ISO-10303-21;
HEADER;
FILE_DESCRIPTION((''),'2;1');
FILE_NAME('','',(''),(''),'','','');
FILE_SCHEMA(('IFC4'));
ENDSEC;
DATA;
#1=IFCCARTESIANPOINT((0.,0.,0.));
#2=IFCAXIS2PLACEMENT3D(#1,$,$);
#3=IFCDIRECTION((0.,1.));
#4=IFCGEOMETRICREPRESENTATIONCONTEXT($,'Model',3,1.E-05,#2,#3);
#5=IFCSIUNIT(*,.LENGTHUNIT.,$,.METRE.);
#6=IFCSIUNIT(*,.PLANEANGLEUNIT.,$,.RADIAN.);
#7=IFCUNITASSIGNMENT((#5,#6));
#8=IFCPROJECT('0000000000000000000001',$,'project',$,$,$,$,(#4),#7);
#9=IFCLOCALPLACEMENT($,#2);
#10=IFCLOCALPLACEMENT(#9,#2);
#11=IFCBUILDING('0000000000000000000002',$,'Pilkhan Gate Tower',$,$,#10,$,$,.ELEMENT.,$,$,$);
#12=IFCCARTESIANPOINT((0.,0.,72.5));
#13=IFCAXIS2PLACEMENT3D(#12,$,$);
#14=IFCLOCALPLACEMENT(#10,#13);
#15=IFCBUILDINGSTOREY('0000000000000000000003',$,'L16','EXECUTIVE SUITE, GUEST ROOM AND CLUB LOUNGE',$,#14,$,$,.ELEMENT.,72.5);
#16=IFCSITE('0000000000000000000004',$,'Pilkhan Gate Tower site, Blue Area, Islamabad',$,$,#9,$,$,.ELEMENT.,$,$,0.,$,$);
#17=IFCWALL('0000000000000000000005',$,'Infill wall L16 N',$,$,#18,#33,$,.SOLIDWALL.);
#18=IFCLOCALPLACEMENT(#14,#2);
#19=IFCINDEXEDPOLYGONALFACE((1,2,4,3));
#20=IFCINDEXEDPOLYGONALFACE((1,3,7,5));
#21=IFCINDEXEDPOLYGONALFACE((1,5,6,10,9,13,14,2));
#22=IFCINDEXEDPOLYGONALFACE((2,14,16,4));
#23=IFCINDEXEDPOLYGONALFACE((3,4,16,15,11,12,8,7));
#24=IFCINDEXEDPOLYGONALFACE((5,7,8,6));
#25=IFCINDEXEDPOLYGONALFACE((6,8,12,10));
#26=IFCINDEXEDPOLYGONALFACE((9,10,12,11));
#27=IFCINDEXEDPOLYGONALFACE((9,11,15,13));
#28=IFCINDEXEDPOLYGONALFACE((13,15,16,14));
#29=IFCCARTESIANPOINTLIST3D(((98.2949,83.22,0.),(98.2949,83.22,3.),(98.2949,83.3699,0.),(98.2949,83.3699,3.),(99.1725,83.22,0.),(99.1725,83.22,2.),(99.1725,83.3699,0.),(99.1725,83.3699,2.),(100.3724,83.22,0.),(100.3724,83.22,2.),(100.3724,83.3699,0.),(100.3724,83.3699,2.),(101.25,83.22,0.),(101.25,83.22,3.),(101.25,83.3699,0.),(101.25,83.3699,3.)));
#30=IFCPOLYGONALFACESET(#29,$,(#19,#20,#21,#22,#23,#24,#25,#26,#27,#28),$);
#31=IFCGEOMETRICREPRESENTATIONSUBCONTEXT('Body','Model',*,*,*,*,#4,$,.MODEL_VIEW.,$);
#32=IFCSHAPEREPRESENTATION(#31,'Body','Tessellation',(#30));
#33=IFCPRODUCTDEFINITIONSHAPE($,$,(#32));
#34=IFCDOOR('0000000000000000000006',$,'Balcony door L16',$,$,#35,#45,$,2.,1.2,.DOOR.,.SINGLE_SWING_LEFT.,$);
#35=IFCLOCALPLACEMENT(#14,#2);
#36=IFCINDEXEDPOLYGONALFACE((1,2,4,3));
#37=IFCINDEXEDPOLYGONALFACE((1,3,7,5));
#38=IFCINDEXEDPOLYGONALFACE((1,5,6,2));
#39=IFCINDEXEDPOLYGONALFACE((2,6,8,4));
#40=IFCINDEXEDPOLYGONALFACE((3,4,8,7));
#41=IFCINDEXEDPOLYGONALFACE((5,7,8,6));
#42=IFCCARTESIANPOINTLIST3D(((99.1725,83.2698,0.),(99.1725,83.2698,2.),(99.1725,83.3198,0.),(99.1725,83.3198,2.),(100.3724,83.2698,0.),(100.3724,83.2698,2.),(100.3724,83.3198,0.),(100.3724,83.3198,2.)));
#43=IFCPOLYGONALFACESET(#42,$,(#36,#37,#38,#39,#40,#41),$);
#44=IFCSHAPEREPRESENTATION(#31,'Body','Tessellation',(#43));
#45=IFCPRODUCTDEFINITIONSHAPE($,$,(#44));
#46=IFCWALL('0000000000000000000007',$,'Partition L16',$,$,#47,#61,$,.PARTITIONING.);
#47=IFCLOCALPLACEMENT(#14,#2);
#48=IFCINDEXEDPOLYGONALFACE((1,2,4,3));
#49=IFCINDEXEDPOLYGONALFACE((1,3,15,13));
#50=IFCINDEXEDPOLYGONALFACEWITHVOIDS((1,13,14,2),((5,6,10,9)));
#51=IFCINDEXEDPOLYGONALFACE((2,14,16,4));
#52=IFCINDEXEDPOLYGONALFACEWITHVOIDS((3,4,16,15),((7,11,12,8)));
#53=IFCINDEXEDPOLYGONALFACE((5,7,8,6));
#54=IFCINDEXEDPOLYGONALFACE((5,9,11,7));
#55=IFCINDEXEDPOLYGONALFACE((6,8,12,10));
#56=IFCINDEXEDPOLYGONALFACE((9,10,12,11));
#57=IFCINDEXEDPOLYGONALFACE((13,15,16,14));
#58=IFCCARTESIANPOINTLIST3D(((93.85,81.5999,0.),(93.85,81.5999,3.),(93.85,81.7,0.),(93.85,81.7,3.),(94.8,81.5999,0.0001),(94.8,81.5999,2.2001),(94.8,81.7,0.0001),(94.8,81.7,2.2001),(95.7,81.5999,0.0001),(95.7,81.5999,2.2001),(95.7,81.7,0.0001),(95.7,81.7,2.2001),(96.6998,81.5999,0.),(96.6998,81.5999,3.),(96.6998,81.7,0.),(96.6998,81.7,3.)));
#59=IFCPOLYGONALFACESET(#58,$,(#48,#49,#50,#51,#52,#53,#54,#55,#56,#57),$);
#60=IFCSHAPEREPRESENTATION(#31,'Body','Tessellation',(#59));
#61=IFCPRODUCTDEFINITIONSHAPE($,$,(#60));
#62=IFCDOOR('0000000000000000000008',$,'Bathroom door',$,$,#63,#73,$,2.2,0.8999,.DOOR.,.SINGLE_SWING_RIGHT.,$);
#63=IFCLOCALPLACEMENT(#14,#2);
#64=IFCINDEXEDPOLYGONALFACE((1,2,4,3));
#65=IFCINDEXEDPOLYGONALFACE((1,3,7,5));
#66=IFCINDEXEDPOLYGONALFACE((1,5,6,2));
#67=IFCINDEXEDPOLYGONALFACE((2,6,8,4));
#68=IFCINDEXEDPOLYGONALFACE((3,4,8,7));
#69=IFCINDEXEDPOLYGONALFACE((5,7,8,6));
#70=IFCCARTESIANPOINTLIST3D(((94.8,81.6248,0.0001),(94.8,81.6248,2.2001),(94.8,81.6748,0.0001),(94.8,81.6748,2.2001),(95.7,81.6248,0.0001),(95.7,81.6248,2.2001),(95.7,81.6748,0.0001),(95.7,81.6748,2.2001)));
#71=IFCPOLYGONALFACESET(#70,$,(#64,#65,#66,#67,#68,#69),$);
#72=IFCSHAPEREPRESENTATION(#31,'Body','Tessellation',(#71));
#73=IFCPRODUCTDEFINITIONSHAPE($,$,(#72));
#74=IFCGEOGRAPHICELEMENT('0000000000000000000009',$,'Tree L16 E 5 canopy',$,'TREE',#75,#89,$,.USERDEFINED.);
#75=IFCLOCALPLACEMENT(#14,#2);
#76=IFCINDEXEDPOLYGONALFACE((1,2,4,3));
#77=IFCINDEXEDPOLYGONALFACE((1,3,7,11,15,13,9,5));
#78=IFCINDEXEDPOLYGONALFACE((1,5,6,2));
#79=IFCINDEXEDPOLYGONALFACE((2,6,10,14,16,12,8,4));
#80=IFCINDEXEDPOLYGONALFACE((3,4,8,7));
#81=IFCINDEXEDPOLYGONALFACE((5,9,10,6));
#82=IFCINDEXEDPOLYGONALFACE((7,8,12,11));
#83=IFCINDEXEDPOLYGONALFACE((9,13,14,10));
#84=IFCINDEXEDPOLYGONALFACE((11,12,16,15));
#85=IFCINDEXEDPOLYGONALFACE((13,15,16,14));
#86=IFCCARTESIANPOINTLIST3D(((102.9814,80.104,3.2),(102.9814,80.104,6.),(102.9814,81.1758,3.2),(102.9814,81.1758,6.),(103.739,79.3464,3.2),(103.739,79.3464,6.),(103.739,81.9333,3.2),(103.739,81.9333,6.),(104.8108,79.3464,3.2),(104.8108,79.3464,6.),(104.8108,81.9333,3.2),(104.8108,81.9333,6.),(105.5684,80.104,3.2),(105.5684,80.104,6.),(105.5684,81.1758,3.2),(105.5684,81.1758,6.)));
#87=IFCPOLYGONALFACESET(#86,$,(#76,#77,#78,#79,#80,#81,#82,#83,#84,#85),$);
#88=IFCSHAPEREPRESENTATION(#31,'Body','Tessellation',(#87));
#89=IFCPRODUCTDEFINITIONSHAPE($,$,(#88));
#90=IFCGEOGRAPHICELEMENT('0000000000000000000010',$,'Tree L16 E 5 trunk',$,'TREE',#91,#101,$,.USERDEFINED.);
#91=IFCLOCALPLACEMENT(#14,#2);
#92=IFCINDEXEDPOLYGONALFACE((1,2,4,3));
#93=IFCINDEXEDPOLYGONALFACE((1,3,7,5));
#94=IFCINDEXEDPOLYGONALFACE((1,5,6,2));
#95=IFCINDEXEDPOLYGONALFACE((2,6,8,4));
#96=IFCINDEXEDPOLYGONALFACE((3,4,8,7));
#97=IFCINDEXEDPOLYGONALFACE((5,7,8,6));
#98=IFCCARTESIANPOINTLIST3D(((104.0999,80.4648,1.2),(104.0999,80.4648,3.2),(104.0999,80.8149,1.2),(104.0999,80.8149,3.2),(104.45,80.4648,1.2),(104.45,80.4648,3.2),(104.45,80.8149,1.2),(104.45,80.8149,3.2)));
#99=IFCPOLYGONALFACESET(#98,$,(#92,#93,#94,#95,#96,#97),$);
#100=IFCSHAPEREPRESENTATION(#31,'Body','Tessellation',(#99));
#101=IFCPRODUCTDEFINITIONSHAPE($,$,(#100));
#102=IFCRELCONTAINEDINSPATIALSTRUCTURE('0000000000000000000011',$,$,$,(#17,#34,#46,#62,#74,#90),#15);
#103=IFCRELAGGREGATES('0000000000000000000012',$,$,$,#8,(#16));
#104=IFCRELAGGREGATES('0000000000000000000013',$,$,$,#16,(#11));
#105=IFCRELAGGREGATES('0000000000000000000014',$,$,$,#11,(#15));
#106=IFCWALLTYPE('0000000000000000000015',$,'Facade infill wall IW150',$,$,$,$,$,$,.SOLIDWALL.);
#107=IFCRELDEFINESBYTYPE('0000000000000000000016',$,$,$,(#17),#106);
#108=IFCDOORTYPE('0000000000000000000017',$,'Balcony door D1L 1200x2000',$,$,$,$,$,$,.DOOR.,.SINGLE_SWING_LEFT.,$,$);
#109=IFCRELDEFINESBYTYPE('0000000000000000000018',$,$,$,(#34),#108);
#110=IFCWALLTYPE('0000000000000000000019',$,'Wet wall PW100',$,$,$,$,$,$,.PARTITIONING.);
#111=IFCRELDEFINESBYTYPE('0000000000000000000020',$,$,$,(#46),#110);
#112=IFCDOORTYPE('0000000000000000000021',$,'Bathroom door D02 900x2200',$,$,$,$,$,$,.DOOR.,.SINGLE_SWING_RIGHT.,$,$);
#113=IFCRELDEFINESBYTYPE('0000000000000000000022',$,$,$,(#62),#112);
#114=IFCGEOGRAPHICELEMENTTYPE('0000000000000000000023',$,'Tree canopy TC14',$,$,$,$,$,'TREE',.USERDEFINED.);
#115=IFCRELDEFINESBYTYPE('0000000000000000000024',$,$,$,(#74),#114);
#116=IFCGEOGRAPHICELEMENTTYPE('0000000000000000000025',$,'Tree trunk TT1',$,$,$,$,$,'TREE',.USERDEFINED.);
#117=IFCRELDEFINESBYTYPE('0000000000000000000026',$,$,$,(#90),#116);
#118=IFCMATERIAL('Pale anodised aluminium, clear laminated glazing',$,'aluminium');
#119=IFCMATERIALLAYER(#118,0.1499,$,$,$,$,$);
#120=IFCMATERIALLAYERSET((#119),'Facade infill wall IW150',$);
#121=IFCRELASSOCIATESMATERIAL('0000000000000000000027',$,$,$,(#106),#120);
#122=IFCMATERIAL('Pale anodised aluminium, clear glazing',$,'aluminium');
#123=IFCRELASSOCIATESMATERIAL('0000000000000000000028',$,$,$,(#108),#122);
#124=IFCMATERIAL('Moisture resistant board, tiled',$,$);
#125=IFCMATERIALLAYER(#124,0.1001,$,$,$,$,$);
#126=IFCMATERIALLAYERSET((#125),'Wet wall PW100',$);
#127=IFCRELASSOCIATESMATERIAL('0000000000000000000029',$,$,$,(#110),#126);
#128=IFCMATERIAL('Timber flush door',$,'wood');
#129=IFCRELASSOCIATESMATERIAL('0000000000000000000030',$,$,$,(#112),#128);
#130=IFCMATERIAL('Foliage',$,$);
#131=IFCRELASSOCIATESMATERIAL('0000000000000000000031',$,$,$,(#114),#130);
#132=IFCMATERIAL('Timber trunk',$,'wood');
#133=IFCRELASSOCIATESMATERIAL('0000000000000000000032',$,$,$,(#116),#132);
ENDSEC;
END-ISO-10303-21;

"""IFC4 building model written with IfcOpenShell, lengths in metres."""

from ifc_helpers import new_model, si_unit, direction, frame, frame_2d, origin, origin_2d, place, context, subcontext, project, spatial, polyline, rectangle, outline, extrude, material, layer, layer_set, material_profile, profile_set, type_object, element, fill, save


model = new_model("IFC4")

# Units and contexts
model_context = context("Model", 3, precision=1e-05, world=origin(), true_north=direction((0.0, 1.0)))
body_context = subcontext(model_context, "Body", "Model", "MODEL_VIEW")
ifc_project = project(units=[si_unit("LENGTHUNIT", "METRE"), si_unit("PLANEANGLEUNIT", "RADIAN")], contexts=[model_context])

# Site, building, storey
site_placement = place(None, origin())
site = spatial("IfcSite", under=ifc_project, at=site_placement, Name="Pilkhan Gate Tower site, Blue Area, Islamabad", CompositionType="ELEMENT", RefElevation=0.0)
building_placement = place(site_placement, origin())
building = spatial("IfcBuilding", under=site, at=building_placement, Name="Pilkhan Gate Tower", CompositionType="ELEMENT")
storey_placement = place(building_placement, frame((0.0, 0.0, 72.5)))
storey = spatial("IfcBuildingStorey", under=building, at=storey_placement, Name="L16", Description="EXECUTIVE SUITE, GUEST ROOM AND CLUB LOUNGE", CompositionType="ELEMENT", Elevation=72.5)

# Walls, openings, doors
ifc_material_1 = material(Name="Pale anodised aluminium, clear laminated glazing", Category="aluminium")
ifc_layer_1 = layer(ifc_material_1, 0.1499)
ifc_layer_set_1 = layer_set([ifc_layer_1], Name="Facade infill wall IW150")
wall_type_1 = type_object("IfcWallType", Name="Facade infill wall IW150", PredefinedType="SOLIDWALL", material=ifc_layer_set_1)
wall_1_placement = place(storey_placement, frame((98.2949, 83.2949, 0.0), z_axis=(0.0, 0.0, 1.0), x_axis=(1.0, 0.0, 0.0)))
wall_1 = element("IfcWall", 1, at=wall_1_placement, inside=storey, type_object=wall_type_1, Name="Infill wall L16 N", PredefinedType="SOLIDWALL", context=body_context, shape_type="SweptSolid", body=[
    extrude(rectangle(XDim=2.9551, YDim=0.1499, at=frame_2d((1.4775, 0.0))), origin(), (0.0, 0.0, 1.0), 3.0),
])
opening_1_placement = place(wall_1_placement, frame((0.8774, 0.0, 0.0)))
opening_1 = element("IfcOpeningElement", 2, at=opening_1_placement, cuts=wall_1, PredefinedType="OPENING", context=body_context, shape_type="SweptSolid", body=[
    extrude(rectangle(XDim=1.2, YDim=2.0, at=frame_2d((0.6001, 1.0))), frame((0.0, 0.085, 0.0), z_axis=(0.0, -1.0, 0.0), x_axis=(1.0, 0.0, 0.0)), (0.0, 0.0, 1.0), 0.1699),
])
ifc_material_2 = material(Name="Pale anodised aluminium, clear glazing", Category="aluminium")
door_type_1 = type_object("IfcDoorType", Name="Balcony door D1L 1200x2000", OperationType="SINGLE_SWING_LEFT", PredefinedType="DOOR", material=ifc_material_2)
door_1_placement = place(opening_1_placement, origin())
door_1 = element("IfcDoor", 3, at=door_1_placement, inside=storey, type_object=door_type_1, Name="Balcony door L16", OperationType="SINGLE_SWING_LEFT", OverallHeight=2.0, OverallWidth=1.2, PredefinedType="DOOR", context=body_context, shape_type="SweptSolid", body=[
    extrude(rectangle(XDim=1.2, YDim=2.0, at=frame_2d((0.6001, 1.0))), frame((0.0, 0.0249, 0.0), z_axis=(0.0, -1.0, 0.0), x_axis=(1.0, 0.0, 0.0)), (0.0, 0.0, 1.0), 0.05),
])
fill(opening_1, door_1)
ifc_material_3 = material(Name="Moisture resistant board, tiled")
ifc_layer_2 = layer(ifc_material_3, 0.1001)
ifc_layer_set_2 = layer_set([ifc_layer_2], Name="Wet wall PW100")
wall_type_2 = type_object("IfcWallType", Name="Wet wall PW100", PredefinedType="PARTITIONING", material=ifc_layer_set_2)
wall_2_placement = place(storey_placement, frame((93.8501, 81.6499, 0.0), z_axis=(0.0, 0.0, 1.0), x_axis=(1.0, 0.0, 0.0)))
wall_2 = element("IfcWall", 4, at=wall_2_placement, inside=storey, type_object=wall_type_2, Name="Partition L16", PredefinedType="PARTITIONING", context=body_context, shape_type="SweptSolid", body=[
    extrude(rectangle(XDim=2.8499, YDim=0.1001, at=frame_2d((1.4248, 0.0))), origin(), (0.0, 0.0, 1.0), 3.0),
])
opening_2_placement = place(wall_2_placement, frame((0.95, 0.0, 0.0)))
opening_2 = element("IfcOpeningElement", 5, at=opening_2_placement, cuts=wall_2, PredefinedType="OPENING", context=body_context, shape_type="SweptSolid", body=[
    extrude(rectangle(XDim=0.8999, YDim=2.2, at=frame_2d((0.45, 1.1001))), frame((0.0, 0.0601, 0.0), z_axis=(0.0, -1.0, 0.0), x_axis=(1.0, 0.0, 0.0)), (0.0, 0.0, 1.0), 0.1201),
])
ifc_material_4 = material(Name="Timber flush door", Category="wood")
door_type_2 = type_object("IfcDoorType", Name="Bathroom door D02 900x2200", OperationType="SINGLE_SWING_RIGHT", PredefinedType="DOOR", material=ifc_material_4)
door_2_placement = place(opening_2_placement, origin())
door_2 = element("IfcDoor", 6, at=door_2_placement, inside=storey, type_object=door_type_2, Name="Bathroom door", OperationType="SINGLE_SWING_RIGHT", OverallHeight=2.2, OverallWidth=0.8999, PredefinedType="DOOR", context=body_context, shape_type="SweptSolid", body=[
    extrude(rectangle(XDim=0.8999, YDim=2.2, at=frame_2d((0.45, 1.1001))), frame((0.0, 0.0249, 0.0), z_axis=(0.0, -1.0, 0.0), x_axis=(1.0, 0.0, 0.0)), (0.0, 0.0, 1.0), 0.05),
])
fill(opening_2, door_2)

# Geographic elements
ifc_material_5 = material(Name="Foliage")
ifc_material_profile_1 = material_profile(ifc_material_5, outline(polyline([(1.2935, 0.5359), (0.5359, 1.2935), (-0.5359, 1.2935), (-1.2935, 0.5359), (-1.2935, -0.5359), (-0.5359, -1.2935), (0.5359, -1.2935), (1.2935, -0.5359), (1.2935, 0.5359)])), Name="Canopy D2.8")
ifc_profile_set_1 = profile_set([ifc_material_profile_1], Name="Foliage")
geographic_element_type_1 = type_object("IfcGeographicElementType", Name="Tree canopy TC14", ElementType="TREE", PredefinedType="USERDEFINED", material=ifc_profile_set_1)
geographic_element_1_placement = place(storey_placement, frame((104.2749, 80.6399, 3.2), z_axis=(0.0, 0.0, 1.0), x_axis=(1.0, 0.0, 0.0)))
element("IfcGeographicElement", 7, at=geographic_element_1_placement, inside=storey, type_object=geographic_element_type_1, Name="Tree L16 E 5 canopy", ObjectType="TREE", PredefinedType="USERDEFINED", context=body_context, shape_type="SweptSolid", body=[
    extrude(outline(polyline([(1.2935, 0.5359), (0.5359, 1.2935), (-0.5359, 1.2935), (-1.2935, 0.5359), (-1.2935, -0.5359), (-0.5359, -1.2935), (0.5359, -1.2935), (1.2935, -0.5359), (1.2935, 0.5359)])), origin(), (0.0, 0.0, 1.0), 2.8),
])
ifc_material_6 = material(Name="Timber trunk", Category="wood")
geographic_element_type_2 = type_object("IfcGeographicElementType", Name="Tree trunk TT1", ElementType="TREE", PredefinedType="USERDEFINED", material=ifc_material_6)
geographic_element_2_placement = place(storey_placement, frame((104.2749, 80.6399, 1.2), z_axis=(0.0, 0.0, 1.0), x_axis=(1.0, 0.0, 0.0)))
element("IfcGeographicElement", 8, at=geographic_element_2_placement, inside=storey, type_object=geographic_element_type_2, Name="Tree L16 E 5 trunk", ObjectType="TREE", PredefinedType="USERDEFINED", context=body_context, shape_type="SweptSolid", body=[
    extrude(rectangle(XDim=0.3501, YDim=0.3501, at=origin_2d()), origin(), (0.0, 0.0, 1.0), 2.0),
])

save(model, "model.ifc")
